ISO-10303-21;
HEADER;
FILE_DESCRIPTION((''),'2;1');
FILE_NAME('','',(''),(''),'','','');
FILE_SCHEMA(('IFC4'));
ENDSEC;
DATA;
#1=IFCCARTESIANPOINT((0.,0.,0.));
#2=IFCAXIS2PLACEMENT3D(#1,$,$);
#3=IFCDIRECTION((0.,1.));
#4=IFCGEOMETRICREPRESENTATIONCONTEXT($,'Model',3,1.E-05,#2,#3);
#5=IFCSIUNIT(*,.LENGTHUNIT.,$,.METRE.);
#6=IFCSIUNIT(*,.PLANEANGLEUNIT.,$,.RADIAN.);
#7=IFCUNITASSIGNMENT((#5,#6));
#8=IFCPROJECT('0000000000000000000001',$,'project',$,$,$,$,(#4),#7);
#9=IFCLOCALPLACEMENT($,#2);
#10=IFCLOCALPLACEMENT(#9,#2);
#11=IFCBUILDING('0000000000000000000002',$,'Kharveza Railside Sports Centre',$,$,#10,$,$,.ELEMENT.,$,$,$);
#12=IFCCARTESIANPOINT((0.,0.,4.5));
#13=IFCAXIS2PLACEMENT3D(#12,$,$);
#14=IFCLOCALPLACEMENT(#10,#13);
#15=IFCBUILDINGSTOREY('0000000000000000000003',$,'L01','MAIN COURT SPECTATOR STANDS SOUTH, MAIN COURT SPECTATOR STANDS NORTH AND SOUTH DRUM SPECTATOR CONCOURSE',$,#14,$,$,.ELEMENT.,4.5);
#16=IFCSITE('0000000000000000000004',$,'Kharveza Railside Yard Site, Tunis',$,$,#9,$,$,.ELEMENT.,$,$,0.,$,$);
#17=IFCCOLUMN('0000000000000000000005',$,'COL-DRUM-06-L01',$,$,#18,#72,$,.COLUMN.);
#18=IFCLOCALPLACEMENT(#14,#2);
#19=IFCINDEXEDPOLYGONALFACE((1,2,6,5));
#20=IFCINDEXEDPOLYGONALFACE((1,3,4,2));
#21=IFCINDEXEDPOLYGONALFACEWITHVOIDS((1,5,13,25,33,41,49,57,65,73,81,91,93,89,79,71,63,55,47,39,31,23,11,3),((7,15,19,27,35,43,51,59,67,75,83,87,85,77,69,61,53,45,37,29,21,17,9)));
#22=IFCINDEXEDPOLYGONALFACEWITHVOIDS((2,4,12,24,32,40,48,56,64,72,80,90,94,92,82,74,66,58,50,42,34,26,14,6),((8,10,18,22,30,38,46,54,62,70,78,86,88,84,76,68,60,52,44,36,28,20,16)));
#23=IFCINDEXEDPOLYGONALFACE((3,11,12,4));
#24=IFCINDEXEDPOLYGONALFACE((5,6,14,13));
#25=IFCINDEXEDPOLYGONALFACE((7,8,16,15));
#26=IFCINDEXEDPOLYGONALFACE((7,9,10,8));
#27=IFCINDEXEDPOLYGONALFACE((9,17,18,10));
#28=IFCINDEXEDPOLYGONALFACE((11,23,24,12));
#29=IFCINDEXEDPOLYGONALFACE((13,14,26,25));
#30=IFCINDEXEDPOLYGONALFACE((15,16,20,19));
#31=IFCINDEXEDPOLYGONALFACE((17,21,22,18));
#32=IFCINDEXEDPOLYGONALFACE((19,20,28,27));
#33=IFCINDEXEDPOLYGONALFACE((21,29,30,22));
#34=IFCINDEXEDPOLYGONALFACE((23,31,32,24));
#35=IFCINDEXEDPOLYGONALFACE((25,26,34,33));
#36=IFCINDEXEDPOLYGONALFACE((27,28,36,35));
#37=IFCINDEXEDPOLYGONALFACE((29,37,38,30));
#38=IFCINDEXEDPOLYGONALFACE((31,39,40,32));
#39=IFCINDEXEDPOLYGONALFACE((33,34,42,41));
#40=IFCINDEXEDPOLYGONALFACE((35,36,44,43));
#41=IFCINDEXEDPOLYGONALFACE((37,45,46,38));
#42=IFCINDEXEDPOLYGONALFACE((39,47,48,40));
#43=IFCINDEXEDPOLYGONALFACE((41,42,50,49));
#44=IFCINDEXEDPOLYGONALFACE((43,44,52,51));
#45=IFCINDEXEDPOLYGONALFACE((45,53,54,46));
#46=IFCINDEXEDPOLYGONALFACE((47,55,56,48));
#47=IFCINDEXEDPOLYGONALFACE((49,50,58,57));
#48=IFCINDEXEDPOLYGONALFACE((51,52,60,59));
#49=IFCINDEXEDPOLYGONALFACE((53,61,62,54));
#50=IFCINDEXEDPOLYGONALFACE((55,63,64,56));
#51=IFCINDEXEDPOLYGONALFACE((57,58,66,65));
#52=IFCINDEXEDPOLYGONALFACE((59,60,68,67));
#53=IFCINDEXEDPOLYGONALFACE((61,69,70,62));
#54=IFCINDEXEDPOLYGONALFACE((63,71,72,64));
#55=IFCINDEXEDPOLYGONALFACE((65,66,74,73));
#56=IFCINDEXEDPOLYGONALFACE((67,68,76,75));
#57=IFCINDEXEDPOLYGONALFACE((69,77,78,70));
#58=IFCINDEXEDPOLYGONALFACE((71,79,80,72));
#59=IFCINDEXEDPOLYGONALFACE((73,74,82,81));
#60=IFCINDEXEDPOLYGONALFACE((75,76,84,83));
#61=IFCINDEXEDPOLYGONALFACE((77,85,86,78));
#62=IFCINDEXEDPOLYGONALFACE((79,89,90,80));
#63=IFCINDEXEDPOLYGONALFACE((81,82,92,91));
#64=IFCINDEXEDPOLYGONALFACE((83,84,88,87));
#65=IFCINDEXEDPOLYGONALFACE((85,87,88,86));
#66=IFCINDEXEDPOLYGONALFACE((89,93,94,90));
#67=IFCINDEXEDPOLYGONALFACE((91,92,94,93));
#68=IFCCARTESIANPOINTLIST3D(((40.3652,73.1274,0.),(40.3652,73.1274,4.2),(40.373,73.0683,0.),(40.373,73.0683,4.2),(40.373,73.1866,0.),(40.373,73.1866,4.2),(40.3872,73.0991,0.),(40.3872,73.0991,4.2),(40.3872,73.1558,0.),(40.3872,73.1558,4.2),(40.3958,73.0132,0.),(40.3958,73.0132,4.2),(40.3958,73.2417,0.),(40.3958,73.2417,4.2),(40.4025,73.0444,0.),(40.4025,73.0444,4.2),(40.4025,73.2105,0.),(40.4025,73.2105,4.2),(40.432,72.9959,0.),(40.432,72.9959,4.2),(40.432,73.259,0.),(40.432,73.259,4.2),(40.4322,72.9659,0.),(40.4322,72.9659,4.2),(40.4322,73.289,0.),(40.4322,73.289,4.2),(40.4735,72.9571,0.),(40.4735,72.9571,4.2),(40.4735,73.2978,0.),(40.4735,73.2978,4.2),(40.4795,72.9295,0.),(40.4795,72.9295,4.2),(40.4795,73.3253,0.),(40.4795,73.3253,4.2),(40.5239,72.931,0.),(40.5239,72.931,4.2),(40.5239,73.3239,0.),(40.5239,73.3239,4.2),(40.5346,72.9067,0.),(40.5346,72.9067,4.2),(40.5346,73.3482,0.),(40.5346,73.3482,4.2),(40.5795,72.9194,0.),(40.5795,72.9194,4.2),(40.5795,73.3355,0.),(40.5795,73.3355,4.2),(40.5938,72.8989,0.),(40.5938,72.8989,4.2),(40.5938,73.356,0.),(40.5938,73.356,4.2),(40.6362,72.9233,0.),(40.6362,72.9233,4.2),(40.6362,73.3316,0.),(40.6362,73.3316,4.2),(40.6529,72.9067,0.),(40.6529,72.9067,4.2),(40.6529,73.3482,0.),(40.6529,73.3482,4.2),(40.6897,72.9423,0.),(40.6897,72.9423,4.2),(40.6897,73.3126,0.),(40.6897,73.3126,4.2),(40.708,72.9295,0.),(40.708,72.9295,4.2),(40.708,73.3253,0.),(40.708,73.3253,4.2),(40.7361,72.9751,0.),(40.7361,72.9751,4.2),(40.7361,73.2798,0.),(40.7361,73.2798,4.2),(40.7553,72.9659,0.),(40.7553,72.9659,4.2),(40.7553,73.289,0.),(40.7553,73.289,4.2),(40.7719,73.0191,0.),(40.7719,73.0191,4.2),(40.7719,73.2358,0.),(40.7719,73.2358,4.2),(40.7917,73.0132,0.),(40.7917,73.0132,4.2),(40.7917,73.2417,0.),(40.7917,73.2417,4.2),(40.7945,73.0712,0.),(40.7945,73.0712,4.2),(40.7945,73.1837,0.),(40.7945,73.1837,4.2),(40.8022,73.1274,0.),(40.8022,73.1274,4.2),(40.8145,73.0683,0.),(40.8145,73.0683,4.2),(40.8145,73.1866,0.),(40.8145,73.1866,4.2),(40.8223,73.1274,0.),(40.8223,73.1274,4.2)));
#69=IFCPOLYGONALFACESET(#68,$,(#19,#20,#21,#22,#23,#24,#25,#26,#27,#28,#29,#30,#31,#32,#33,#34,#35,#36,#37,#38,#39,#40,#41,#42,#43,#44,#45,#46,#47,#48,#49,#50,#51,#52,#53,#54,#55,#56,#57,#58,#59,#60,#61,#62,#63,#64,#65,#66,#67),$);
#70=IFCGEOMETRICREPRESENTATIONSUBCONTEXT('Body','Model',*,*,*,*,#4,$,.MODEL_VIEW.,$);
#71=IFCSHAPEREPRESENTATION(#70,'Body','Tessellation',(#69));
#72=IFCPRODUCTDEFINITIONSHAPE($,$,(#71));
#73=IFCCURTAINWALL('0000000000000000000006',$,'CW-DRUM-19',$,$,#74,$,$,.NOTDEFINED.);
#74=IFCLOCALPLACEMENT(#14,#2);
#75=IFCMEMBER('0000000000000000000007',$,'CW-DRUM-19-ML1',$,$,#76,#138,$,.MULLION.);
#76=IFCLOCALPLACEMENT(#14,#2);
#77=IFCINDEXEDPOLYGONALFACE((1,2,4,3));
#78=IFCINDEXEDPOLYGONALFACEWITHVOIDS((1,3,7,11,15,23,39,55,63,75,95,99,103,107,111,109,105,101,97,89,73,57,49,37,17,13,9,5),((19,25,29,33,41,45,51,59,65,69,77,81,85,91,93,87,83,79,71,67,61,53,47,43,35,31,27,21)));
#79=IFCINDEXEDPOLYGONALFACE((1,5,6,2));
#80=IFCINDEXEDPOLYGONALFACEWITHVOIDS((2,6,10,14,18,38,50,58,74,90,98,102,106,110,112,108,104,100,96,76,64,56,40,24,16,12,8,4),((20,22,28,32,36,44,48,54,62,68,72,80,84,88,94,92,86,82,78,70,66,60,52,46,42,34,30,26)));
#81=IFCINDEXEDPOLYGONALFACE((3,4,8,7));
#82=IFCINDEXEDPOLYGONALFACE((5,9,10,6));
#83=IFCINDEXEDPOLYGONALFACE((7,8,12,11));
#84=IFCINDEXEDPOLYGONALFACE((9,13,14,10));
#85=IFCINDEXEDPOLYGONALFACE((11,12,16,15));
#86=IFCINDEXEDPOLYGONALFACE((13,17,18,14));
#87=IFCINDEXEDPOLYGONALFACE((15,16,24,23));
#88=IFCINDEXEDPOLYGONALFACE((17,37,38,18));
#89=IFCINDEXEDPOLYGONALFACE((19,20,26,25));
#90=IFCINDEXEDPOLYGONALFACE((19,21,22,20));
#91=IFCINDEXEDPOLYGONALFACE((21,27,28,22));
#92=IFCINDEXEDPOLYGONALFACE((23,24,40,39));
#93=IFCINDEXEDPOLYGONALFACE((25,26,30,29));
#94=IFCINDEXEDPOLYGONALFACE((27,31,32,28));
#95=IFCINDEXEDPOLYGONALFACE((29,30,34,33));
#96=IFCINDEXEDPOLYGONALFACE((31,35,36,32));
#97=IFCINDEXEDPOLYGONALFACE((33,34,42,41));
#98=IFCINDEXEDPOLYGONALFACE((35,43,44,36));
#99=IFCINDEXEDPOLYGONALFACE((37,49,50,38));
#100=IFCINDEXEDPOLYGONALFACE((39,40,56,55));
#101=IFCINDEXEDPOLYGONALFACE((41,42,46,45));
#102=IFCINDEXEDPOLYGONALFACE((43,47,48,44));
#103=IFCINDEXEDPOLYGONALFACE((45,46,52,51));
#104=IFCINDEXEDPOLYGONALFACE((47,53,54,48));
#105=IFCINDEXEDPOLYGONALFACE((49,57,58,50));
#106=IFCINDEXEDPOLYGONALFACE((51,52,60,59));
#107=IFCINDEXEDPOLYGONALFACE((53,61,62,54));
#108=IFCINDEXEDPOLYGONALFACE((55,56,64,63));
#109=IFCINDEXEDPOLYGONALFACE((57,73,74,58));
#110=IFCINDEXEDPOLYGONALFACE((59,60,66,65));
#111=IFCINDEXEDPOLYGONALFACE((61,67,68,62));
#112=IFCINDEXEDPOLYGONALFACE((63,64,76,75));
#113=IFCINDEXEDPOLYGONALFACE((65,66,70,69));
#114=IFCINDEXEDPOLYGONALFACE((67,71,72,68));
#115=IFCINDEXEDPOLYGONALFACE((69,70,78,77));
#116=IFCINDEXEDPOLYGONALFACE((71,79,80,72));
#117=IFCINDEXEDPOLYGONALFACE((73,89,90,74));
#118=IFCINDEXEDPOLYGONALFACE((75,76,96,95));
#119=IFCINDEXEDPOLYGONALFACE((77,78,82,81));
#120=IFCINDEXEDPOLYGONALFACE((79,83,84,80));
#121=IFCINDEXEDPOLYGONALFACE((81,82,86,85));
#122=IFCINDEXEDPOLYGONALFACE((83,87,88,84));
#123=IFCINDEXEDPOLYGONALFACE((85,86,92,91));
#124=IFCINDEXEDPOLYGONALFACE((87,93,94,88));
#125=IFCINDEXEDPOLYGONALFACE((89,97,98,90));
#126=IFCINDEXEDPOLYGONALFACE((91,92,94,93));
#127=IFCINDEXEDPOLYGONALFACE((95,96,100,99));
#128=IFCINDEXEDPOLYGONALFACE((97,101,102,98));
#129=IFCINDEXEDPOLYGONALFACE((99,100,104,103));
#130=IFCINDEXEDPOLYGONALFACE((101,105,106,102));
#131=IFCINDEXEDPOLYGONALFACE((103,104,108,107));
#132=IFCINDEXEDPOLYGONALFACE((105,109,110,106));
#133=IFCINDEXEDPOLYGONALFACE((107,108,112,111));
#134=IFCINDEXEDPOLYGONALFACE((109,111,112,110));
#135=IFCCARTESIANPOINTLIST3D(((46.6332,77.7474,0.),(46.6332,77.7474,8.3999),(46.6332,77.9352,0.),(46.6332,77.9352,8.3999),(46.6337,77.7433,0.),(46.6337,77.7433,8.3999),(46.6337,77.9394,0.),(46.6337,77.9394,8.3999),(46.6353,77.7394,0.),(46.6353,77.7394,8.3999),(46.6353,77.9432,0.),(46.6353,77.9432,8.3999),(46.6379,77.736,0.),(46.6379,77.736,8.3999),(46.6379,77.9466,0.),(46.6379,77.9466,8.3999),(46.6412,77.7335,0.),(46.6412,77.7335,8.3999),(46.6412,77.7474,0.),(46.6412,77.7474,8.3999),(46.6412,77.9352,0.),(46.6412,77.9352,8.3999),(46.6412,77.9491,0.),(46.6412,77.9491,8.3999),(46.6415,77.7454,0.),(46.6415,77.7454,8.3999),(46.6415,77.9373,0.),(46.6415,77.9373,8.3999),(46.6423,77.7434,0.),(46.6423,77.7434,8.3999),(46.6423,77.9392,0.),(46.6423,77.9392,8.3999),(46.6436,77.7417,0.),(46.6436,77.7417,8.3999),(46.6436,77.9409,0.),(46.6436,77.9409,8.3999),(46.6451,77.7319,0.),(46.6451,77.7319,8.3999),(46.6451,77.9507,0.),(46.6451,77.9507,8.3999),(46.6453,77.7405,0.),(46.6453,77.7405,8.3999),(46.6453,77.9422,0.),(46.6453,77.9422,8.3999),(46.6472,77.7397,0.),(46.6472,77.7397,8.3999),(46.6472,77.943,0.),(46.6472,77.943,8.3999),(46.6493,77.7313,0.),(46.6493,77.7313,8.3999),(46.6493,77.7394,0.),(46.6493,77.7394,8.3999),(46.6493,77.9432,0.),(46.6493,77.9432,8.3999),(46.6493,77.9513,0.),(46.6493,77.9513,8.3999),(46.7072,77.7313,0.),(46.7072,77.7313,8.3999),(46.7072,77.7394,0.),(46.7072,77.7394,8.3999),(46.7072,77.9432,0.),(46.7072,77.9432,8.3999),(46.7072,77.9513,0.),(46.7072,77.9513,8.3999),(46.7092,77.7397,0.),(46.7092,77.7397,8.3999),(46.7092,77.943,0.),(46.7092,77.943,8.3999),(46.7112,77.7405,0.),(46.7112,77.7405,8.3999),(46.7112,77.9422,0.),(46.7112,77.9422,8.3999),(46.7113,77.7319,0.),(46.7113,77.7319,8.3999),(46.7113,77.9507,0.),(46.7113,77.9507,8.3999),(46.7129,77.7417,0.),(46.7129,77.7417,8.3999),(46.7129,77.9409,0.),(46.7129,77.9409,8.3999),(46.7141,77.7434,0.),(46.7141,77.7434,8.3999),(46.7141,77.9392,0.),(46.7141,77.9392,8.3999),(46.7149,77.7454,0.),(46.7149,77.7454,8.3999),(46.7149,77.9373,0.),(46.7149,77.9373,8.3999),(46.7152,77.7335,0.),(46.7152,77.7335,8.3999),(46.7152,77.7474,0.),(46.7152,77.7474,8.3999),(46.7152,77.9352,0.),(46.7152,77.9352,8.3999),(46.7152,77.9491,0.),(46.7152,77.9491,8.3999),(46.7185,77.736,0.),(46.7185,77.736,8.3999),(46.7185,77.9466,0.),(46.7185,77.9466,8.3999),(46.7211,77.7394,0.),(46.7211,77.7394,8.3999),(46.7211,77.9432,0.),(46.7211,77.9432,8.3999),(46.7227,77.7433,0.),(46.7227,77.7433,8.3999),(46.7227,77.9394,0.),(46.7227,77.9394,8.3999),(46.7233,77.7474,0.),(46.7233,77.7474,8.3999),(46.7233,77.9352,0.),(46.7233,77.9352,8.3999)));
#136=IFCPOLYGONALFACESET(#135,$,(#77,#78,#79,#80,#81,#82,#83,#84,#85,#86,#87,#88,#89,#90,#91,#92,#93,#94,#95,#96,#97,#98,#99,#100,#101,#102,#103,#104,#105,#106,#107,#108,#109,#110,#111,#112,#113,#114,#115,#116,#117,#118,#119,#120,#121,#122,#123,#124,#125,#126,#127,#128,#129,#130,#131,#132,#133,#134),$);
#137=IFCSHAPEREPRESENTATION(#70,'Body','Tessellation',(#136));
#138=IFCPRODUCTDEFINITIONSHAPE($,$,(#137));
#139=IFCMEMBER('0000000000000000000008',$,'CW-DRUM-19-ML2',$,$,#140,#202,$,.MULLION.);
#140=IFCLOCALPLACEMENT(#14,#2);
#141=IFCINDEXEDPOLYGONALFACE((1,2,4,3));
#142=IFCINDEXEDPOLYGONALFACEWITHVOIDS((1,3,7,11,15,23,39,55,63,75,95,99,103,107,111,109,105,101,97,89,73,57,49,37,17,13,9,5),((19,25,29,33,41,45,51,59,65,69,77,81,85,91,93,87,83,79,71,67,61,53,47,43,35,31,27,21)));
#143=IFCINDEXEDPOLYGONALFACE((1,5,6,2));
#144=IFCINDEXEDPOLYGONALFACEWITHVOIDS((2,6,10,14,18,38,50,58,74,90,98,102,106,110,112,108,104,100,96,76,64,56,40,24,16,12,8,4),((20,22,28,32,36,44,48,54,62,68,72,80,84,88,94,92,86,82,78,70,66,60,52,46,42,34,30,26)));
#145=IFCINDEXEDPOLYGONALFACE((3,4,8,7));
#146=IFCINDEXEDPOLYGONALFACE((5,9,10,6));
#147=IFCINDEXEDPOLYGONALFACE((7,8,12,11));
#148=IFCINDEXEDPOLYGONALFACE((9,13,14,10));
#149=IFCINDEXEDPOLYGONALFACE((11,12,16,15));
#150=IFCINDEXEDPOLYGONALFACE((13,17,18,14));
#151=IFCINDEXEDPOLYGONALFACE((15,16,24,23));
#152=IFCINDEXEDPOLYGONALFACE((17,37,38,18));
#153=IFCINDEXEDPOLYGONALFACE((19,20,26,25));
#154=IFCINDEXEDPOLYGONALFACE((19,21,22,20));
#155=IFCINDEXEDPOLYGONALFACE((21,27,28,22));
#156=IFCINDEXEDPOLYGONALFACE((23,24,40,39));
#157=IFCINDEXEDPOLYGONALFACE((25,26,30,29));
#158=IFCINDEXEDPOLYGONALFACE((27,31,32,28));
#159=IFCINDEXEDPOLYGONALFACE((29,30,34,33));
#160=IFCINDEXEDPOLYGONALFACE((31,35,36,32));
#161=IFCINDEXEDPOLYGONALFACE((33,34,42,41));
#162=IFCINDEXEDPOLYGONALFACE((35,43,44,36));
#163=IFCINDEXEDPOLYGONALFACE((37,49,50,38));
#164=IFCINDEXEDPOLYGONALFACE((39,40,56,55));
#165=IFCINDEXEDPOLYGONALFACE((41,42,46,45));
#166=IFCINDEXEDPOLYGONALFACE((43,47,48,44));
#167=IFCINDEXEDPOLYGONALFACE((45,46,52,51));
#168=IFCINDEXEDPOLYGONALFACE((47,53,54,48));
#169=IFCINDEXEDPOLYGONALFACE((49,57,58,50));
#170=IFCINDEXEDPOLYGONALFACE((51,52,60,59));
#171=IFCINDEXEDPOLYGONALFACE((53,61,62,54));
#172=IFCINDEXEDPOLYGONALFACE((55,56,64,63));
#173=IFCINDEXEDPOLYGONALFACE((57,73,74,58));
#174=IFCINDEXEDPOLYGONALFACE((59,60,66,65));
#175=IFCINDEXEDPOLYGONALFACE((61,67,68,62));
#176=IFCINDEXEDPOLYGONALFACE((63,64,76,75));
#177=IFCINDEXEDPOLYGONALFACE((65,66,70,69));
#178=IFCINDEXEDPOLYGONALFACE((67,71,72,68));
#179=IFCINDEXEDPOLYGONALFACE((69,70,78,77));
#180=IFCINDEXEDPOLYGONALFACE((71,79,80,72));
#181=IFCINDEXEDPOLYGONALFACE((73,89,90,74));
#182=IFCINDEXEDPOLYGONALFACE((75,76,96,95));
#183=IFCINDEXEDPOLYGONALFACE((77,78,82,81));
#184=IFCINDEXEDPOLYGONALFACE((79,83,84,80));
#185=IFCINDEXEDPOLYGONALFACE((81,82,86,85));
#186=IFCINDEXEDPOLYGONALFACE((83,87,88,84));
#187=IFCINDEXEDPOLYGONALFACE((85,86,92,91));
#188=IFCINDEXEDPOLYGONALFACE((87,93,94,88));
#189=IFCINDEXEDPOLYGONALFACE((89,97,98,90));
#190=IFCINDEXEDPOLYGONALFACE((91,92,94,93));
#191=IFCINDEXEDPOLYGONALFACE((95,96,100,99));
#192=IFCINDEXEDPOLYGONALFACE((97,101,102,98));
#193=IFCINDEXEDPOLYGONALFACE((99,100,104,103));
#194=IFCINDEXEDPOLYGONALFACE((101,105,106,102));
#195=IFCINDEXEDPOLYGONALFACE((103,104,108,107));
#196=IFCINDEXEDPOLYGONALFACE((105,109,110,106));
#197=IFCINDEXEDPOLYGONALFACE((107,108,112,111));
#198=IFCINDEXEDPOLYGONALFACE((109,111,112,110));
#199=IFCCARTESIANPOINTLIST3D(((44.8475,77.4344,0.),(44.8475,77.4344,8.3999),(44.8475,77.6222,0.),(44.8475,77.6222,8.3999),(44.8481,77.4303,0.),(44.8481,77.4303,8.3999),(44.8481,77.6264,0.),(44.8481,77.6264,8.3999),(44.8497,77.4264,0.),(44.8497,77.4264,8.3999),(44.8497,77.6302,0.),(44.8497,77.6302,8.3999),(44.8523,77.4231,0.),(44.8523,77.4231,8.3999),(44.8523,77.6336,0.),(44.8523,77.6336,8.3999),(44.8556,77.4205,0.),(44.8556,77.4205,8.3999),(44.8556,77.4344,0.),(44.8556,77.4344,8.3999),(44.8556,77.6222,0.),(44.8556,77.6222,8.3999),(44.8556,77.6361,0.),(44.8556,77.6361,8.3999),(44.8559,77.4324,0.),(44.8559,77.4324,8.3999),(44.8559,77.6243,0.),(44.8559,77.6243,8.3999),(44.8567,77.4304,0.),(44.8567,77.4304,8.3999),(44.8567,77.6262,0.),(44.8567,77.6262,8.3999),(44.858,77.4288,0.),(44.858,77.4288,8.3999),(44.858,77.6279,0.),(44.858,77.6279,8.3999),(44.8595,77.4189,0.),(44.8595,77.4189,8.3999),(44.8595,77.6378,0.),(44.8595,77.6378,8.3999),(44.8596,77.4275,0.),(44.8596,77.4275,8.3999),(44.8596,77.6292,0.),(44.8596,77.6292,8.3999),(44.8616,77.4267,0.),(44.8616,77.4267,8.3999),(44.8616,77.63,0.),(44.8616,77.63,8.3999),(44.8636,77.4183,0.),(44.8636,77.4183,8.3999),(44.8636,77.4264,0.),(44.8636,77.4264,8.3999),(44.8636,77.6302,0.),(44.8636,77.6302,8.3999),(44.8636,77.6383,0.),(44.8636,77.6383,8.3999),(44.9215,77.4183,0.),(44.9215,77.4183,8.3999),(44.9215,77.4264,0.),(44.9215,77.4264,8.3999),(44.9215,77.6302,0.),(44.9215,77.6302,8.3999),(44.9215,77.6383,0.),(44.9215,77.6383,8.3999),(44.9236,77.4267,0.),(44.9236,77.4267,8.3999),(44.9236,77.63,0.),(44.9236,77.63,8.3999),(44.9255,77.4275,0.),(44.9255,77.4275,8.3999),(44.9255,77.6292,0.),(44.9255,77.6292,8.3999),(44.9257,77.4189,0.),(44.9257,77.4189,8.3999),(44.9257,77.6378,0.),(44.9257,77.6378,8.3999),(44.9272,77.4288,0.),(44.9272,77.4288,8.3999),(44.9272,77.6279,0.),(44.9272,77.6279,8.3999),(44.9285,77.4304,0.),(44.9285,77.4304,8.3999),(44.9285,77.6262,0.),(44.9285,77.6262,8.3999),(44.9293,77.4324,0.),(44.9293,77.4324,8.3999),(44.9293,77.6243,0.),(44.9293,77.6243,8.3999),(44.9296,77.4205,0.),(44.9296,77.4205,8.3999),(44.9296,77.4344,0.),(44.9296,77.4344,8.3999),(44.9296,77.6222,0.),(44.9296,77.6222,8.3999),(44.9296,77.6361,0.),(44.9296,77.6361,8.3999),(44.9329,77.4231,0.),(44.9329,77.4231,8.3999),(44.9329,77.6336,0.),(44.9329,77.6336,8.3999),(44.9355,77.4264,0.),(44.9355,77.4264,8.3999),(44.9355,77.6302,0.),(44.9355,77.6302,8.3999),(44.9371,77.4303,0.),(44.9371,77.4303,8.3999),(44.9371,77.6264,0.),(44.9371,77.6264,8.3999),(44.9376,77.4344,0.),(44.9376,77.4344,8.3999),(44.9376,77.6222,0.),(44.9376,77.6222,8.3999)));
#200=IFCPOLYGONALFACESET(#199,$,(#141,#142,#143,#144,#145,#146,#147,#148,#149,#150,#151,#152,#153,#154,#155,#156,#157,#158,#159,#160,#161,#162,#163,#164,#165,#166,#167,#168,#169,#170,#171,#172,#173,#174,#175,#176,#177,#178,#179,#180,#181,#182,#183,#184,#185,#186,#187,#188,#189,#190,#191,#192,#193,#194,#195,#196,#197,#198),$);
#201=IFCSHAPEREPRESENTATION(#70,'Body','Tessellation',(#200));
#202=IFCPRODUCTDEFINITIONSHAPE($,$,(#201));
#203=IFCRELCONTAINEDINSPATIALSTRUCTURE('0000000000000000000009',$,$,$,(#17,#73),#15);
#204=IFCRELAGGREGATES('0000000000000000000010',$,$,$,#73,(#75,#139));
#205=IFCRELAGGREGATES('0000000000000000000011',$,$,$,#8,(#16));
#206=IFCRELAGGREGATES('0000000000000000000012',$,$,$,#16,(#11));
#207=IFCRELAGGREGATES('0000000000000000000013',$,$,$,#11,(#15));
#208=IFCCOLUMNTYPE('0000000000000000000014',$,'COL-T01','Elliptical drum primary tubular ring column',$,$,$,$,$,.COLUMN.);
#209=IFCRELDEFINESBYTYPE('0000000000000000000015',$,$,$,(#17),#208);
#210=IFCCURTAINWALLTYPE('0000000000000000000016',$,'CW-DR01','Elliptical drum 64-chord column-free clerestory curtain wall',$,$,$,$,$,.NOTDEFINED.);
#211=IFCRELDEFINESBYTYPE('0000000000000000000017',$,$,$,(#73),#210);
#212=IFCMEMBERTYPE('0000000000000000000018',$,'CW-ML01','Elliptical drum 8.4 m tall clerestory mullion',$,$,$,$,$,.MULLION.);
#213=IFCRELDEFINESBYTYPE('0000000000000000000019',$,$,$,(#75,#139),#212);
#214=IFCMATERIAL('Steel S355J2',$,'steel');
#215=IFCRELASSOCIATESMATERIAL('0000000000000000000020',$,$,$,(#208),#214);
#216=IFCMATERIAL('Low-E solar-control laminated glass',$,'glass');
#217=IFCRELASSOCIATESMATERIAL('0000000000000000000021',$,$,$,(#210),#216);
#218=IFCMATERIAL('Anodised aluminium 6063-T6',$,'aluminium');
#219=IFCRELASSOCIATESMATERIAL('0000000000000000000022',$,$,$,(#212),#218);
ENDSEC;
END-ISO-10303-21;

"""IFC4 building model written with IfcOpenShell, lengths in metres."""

from ifc_helpers import new_model, si_unit, direction, frame, origin, origin_2d, place, context, subcontext, project, spatial, hollow_rectangle, hollow_circle, extrude, material, material_profile, profile_set, type_object, element, aggregate, save


model = new_model("IFC4")

# Units and contexts
model_context = context("Model", 3, precision=1e-05, world=origin(), true_north=direction((0.0, 1.0)))
body_context = subcontext(model_context, "Body", "Model", "MODEL_VIEW")
ifc_project = project(units=[si_unit("LENGTHUNIT", "METRE"), si_unit("PLANEANGLEUNIT", "RADIAN")], contexts=[model_context])

# Site, building, storey
site_placement = place(None, origin())
site = spatial("IfcSite", under=ifc_project, at=site_placement, Name="Kharveza Railside Yard Site, Tunis", CompositionType="ELEMENT", RefElevation=0.0)
building_placement = place(site_placement, origin())
building = spatial("IfcBuilding", under=site, at=building_placement, Name="Kharveza Railside Sports Centre", CompositionType="ELEMENT")
storey_placement = place(building_placement, frame((0.0, 0.0, 4.5)))
storey = spatial("IfcBuildingStorey", under=building, at=storey_placement, Name="L01", Description="MAIN COURT SPECTATOR STANDS SOUTH, MAIN COURT SPECTATOR STANDS NORTH AND SOUTH DRUM SPECTATOR CONCOURSE", CompositionType="ELEMENT", Elevation=4.5)

# Column
ifc_material_1 = material(Name="Steel S355J2", Category="steel")
ifc_material_profile_1 = material_profile(ifc_material_1, hollow_circle(Radius=0.2285, WallThickness=0.02, at=origin_2d()), Name="CHS 457.0x20.0")
ifc_profile_set_1 = profile_set([ifc_material_profile_1], Name="Steel S355J2")
column_type = type_object("IfcColumnType", Name="COL-T01", Description="Elliptical drum primary tubular ring column", PredefinedType="COLUMN", material=ifc_profile_set_1)
column_placement = place(storey_placement, frame((40.5938, 73.1274, 0.0), z_axis=(0.0, 0.0, 1.0), x_axis=(1.0, 0.0, 0.0)))
element("IfcColumn", 1, at=column_placement, inside=storey, type_object=column_type, Name="COL-DRUM-06-L01", PredefinedType="COLUMN", context=body_context, shape_type="SweptSolid", body=[
    extrude(hollow_circle(Radius=0.2285, WallThickness=0.02, at=origin_2d()), origin(), (0.0, 0.0, 1.0), 4.2),
])

# Curtain wall, members
ifc_material_2 = material(Name="Low-E solar-control laminated glass", Category="glass")
curtain_wall_type = type_object("IfcCurtainWallType", Name="CW-DR01", Description="Elliptical drum 64-chord column-free clerestory curtain wall", PredefinedType="NOTDEFINED", material=ifc_material_2)
curtain_wall_1_placement = place(storey_placement, origin())
curtain_wall_1 = element("IfcCurtainWall", 2, at=curtain_wall_1_placement, inside=storey, type_object=curtain_wall_type, Name="CW-DRUM-19", PredefinedType="NOTDEFINED")
ifc_material_3 = material(Name="Anodised aluminium 6063-T6", Category="aluminium")
ifc_material_profile_2 = material_profile(ifc_material_3, hollow_rectangle(XDim=0.0901, YDim=0.22, WallThickness=0.0081, InnerFilletRadius=0.0081, OuterFilletRadius=0.0161, at=origin_2d()), Name="RHS 90x220x8.0")
ifc_profile_set_2 = profile_set([ifc_material_profile_2], Name="Anodised aluminium 6063-T6")
member_type_1 = type_object("IfcMemberType", Name="CW-ML01", Description="Elliptical drum 8.4 m tall clerestory mullion", PredefinedType="MULLION", material=ifc_profile_set_2)
member_1_placement = place(storey_placement, frame((46.6782, 77.8413, 0.0), z_axis=(0.0, 0.0, 1.0), x_axis=(1.0, 0.0, 0.0)))
member_1 = element("IfcMember", 3, at=member_1_placement, type_object=member_type_1, Name="CW-DRUM-19-ML1", PredefinedType="MULLION", context=body_context, shape_type="SweptSolid", body=[
    extrude(hollow_rectangle(XDim=0.0901, YDim=0.22, WallThickness=0.0081, InnerFilletRadius=0.0081, OuterFilletRadius=0.0161, at=origin_2d()), origin(), (0.0, 0.0, 1.0), 8.3999),
])
member_2_placement = place(storey_placement, frame((44.8926, 77.5283, 0.0), z_axis=(0.0, 0.0, 1.0), x_axis=(1.0, 0.0, 0.0)))
member_2 = element("IfcMember", 4, at=member_2_placement, type_object=member_type_1, Name="CW-DRUM-19-ML2", PredefinedType="MULLION", context=body_context, shape_type="SweptSolid", body=[
    extrude(hollow_rectangle(XDim=0.0901, YDim=0.22, WallThickness=0.0081, InnerFilletRadius=0.0081, OuterFilletRadius=0.0161, at=origin_2d()), origin(), (0.0, 0.0, 1.0), 8.3999),
])

aggregate(curtain_wall_1, [member_1, member_2])

save(model, "model.ifc")
